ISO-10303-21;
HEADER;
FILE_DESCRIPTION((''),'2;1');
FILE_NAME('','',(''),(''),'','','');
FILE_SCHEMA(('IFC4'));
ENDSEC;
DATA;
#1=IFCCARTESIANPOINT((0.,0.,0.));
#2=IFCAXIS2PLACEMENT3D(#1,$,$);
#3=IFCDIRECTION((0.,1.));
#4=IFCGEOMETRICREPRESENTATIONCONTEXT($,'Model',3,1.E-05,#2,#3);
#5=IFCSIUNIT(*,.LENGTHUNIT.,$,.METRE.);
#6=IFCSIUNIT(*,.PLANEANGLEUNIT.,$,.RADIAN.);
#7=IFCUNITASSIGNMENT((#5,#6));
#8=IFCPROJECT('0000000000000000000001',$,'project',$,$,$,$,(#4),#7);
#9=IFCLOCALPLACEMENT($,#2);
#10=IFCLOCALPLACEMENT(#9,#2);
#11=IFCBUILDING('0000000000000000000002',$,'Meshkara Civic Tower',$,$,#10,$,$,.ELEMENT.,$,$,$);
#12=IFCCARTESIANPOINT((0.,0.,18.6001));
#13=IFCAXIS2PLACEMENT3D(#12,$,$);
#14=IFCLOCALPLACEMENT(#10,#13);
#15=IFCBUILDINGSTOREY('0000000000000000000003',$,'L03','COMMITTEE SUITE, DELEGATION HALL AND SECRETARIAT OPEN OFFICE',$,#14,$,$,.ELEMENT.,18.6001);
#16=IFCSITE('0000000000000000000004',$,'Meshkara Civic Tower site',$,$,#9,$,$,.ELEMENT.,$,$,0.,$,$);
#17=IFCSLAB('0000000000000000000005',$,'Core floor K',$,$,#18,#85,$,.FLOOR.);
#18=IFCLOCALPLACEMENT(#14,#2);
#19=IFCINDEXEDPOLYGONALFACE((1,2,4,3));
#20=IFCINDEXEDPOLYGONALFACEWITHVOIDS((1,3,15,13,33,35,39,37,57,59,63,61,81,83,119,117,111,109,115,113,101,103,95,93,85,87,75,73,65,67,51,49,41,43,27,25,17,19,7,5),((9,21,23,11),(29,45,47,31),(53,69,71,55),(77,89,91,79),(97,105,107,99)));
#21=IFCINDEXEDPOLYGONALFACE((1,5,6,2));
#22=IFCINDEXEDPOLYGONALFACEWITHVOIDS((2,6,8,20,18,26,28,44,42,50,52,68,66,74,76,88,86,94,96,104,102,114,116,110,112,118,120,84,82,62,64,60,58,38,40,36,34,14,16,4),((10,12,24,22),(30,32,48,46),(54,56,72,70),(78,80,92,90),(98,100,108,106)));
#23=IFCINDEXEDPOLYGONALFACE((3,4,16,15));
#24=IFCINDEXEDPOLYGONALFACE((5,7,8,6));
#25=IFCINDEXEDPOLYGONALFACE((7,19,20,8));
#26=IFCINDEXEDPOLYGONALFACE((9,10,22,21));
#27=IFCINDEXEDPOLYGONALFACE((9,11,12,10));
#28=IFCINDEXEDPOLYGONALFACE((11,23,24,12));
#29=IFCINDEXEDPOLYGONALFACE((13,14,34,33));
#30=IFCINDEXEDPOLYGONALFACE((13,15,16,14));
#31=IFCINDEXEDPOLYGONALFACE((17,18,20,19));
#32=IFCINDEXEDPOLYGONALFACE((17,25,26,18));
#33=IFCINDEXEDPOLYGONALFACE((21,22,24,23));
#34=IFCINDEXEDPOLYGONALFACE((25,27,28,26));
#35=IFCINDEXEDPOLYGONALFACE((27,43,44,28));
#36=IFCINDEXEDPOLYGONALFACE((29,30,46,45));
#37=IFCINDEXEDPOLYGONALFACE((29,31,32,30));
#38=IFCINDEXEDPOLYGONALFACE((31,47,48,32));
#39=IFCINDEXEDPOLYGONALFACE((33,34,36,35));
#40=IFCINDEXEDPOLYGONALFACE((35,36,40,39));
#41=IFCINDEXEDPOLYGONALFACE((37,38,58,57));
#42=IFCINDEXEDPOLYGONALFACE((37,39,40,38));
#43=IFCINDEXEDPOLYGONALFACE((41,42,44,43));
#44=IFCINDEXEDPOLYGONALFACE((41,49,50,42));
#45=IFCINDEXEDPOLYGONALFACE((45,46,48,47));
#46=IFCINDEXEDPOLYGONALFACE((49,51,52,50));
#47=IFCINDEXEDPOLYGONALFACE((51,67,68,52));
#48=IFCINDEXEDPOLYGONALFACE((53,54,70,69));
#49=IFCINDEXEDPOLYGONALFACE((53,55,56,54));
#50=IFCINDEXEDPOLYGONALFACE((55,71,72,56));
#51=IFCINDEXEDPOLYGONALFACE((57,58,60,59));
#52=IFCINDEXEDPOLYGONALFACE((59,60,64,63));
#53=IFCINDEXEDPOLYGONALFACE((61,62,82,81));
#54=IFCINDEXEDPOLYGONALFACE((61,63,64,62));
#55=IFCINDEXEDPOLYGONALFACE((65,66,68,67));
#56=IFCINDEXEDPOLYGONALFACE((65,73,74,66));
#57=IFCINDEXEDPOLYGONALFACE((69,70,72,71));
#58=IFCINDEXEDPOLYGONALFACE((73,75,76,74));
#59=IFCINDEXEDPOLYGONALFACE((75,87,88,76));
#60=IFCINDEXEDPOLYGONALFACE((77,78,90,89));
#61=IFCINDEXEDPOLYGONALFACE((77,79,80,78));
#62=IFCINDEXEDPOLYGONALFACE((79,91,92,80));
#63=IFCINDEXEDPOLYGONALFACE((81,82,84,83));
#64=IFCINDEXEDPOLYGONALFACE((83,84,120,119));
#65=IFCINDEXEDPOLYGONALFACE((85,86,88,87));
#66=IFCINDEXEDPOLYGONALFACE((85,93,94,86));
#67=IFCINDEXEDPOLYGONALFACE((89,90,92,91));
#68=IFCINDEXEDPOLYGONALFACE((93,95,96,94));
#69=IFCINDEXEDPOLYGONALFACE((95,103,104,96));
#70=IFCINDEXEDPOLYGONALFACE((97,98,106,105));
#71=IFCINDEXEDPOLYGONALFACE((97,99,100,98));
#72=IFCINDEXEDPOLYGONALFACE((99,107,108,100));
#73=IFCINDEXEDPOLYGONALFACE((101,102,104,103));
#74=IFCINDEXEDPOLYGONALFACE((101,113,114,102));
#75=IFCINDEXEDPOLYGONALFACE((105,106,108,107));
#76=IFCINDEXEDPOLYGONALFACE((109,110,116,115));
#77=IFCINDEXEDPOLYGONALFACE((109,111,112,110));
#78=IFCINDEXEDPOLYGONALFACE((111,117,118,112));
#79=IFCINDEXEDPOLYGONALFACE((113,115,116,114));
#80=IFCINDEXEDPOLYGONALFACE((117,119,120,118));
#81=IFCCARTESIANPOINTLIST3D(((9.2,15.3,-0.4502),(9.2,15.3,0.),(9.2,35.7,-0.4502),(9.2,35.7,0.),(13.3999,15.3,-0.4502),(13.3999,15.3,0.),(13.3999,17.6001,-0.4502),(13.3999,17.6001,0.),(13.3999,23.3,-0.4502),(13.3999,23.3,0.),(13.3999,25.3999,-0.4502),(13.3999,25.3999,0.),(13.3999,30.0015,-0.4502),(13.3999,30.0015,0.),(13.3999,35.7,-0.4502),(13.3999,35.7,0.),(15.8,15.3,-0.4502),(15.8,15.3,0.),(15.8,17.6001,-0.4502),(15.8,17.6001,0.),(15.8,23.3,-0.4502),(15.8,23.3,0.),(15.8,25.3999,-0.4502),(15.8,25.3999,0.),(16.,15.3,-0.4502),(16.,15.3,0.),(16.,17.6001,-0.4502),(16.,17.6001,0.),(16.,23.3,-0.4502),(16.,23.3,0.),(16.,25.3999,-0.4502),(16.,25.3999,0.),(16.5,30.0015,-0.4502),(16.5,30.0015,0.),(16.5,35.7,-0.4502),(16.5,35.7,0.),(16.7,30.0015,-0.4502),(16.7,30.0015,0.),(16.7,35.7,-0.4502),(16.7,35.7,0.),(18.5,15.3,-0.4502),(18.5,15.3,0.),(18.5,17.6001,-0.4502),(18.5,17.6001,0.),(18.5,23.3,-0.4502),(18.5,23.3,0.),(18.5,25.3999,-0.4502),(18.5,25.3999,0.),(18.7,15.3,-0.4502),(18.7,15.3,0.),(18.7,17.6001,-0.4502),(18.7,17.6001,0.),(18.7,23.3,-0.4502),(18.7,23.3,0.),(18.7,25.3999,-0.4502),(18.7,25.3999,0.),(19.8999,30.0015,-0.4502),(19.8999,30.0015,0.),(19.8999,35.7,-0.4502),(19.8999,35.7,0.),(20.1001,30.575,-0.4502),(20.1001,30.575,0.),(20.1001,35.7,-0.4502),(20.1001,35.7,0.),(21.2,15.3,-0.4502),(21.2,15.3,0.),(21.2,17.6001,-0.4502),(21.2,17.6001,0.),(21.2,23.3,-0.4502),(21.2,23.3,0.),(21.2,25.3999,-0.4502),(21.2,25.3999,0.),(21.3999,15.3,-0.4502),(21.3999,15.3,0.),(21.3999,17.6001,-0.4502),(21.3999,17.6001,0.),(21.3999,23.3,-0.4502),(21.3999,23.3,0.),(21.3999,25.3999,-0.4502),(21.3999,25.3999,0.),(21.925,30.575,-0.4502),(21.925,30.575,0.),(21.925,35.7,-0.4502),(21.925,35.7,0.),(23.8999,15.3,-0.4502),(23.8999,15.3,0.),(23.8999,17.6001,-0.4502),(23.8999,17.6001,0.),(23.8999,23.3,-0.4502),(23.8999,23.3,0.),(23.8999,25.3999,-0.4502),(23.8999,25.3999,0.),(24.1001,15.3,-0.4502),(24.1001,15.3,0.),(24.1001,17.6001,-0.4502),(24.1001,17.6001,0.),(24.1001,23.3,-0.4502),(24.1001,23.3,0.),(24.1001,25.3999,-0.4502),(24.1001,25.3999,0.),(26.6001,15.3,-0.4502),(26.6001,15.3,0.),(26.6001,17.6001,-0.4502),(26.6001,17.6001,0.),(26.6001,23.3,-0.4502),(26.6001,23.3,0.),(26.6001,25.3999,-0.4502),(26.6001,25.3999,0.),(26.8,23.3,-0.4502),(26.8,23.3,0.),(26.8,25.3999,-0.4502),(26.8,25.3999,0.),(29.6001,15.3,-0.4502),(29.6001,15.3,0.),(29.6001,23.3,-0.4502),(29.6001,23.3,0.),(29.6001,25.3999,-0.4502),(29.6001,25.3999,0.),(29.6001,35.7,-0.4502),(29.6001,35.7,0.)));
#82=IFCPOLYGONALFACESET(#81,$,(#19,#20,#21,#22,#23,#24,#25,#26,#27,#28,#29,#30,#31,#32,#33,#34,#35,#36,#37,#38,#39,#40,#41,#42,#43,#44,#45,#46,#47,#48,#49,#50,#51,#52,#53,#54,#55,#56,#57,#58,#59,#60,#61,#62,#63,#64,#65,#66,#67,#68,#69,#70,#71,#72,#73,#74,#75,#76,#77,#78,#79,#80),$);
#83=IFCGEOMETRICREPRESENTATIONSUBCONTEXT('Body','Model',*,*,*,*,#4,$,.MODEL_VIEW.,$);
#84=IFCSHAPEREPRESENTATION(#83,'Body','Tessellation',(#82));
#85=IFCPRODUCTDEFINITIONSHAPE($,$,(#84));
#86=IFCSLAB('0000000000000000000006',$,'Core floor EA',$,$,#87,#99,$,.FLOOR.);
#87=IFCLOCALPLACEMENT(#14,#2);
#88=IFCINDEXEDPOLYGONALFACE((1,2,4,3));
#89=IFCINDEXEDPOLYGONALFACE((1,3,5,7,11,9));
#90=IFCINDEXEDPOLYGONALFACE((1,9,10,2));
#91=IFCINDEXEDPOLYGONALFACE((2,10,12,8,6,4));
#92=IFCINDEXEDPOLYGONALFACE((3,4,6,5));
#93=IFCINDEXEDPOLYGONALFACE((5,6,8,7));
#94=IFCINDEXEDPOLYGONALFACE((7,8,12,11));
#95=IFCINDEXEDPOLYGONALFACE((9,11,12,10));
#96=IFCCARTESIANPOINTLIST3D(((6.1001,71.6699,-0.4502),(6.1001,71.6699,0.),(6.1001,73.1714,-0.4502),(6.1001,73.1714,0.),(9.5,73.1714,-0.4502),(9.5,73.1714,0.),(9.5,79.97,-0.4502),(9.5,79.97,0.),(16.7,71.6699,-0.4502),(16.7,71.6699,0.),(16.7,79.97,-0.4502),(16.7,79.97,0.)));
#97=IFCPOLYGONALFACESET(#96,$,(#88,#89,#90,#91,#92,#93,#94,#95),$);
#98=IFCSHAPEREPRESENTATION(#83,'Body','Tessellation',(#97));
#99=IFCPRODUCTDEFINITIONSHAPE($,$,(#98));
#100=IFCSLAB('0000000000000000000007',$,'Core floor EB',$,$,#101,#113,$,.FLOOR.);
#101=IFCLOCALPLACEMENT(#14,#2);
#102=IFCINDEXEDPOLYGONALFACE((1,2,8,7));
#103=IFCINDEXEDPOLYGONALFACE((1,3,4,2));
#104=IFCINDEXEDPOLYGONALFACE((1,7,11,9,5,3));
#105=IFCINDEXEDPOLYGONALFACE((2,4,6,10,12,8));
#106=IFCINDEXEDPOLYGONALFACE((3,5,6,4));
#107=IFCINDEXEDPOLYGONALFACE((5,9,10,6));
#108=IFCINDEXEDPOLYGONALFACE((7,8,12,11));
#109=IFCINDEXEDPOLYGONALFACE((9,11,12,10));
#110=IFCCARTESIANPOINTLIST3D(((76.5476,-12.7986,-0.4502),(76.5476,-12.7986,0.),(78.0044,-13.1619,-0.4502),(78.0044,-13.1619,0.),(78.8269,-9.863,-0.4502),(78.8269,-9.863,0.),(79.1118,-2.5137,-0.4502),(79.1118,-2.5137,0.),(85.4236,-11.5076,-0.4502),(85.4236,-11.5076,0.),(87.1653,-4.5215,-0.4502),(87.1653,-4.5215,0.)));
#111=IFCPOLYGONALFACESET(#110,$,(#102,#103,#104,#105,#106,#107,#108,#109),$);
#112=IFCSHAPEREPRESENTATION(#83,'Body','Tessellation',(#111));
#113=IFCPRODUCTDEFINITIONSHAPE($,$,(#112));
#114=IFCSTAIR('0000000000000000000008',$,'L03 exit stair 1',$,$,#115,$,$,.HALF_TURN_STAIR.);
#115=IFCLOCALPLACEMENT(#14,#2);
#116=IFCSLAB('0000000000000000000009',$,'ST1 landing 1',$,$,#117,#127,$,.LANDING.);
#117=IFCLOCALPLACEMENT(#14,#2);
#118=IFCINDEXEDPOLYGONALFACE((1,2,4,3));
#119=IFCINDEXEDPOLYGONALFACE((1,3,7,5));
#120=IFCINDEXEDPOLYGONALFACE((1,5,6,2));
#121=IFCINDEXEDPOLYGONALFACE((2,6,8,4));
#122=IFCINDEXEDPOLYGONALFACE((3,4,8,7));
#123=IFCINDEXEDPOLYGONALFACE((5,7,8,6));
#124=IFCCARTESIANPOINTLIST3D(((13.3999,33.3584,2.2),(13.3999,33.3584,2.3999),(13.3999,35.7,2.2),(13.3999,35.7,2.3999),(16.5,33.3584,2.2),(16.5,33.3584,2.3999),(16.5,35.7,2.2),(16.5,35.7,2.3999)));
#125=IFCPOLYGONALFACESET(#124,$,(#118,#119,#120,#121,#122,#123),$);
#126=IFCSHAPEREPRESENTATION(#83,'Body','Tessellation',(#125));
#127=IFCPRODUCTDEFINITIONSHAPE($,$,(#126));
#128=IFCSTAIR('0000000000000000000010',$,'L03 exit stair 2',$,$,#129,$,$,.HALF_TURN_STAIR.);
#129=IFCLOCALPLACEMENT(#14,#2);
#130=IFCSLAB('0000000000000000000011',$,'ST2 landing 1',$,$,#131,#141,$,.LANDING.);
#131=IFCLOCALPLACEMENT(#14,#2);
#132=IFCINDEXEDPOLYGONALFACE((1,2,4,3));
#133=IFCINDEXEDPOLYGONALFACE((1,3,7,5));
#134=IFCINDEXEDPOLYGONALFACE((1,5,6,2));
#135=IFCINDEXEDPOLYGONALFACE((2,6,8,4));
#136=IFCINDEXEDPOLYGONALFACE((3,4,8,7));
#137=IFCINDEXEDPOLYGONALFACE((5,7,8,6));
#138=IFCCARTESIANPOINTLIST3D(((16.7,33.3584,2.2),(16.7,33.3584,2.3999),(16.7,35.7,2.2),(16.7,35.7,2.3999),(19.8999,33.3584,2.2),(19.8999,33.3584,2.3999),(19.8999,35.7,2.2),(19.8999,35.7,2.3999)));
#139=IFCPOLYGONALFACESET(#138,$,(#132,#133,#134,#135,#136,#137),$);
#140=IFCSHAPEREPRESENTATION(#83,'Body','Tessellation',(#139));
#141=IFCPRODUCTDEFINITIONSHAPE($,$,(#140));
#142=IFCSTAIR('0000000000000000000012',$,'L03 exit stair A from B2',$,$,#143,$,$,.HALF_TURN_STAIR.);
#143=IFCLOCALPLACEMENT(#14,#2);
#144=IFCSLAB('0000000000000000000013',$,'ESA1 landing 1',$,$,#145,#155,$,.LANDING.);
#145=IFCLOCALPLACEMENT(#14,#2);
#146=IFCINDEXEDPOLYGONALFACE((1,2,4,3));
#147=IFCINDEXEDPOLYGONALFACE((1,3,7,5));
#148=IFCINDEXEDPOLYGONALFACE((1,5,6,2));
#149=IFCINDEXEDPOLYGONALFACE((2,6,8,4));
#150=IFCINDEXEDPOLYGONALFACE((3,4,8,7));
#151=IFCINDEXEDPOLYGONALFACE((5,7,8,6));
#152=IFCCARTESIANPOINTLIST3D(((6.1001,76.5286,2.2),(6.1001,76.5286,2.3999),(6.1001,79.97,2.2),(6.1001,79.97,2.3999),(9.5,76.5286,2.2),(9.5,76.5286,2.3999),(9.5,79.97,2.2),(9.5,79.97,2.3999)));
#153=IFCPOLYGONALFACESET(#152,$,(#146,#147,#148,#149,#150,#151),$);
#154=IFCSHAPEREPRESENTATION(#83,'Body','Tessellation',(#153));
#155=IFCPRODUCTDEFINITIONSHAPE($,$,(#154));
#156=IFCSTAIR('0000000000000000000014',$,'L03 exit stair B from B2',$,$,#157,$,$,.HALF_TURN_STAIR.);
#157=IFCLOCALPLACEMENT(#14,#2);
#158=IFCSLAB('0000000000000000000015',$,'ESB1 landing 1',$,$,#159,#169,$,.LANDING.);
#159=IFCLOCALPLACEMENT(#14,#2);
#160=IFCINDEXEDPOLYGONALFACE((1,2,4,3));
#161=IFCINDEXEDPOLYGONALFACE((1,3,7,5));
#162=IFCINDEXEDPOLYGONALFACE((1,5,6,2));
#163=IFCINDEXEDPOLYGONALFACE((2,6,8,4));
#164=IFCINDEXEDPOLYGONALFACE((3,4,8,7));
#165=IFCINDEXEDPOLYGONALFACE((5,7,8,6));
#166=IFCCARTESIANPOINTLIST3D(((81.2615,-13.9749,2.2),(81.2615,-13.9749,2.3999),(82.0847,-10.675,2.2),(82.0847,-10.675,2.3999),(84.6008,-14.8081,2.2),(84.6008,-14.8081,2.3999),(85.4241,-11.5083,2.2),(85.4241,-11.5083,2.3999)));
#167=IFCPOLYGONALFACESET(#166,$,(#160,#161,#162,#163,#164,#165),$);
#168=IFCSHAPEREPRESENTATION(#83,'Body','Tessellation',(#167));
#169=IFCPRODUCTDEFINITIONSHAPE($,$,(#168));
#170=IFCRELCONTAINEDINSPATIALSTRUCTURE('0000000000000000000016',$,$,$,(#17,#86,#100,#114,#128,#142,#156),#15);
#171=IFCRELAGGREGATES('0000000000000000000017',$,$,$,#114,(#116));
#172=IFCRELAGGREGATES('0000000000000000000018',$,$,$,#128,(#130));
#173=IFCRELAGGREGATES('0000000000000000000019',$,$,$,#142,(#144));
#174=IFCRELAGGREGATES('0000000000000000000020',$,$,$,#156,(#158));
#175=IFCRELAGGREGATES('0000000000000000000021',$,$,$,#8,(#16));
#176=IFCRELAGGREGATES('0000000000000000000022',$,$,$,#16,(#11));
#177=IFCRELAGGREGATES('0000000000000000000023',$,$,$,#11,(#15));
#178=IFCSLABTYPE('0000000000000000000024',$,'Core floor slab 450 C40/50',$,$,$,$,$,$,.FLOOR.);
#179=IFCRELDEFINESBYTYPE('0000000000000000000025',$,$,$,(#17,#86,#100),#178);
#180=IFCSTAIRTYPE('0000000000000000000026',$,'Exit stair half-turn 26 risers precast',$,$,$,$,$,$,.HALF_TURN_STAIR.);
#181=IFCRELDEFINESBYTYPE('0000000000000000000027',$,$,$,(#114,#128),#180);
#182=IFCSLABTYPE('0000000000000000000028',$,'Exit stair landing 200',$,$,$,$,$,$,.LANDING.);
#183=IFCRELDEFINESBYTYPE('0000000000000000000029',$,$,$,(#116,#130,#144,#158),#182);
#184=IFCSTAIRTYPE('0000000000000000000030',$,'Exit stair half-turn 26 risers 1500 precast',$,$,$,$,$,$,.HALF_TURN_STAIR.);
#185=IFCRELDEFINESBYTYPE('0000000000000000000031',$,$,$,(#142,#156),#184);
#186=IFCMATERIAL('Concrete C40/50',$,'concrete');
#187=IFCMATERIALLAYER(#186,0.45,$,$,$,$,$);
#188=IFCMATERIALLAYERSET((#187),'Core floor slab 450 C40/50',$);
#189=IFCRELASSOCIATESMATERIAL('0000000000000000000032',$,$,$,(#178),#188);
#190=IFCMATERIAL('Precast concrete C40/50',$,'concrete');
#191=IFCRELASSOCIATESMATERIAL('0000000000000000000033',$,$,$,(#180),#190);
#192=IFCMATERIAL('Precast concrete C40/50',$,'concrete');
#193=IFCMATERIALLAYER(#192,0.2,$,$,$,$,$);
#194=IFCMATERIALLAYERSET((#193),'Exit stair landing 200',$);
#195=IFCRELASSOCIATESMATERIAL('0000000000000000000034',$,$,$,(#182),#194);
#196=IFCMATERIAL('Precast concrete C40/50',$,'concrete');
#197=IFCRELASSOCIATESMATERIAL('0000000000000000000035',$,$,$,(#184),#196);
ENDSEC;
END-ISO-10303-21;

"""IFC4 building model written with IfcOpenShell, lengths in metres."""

from ifc_helpers import new_model, si_unit, direction, frame, origin, place, context, subcontext, project, spatial, polyline, outline, extrude, material, layer, layer_set, type_object, element, aggregate, save


model = new_model("IFC4")

# Units and contexts
model_context = context("Model", 3, precision=1e-05, world=origin(), true_north=direction((0.0, 1.0)))
body_context = subcontext(model_context, "Body", "Model", "MODEL_VIEW")
ifc_project = project(units=[si_unit("LENGTHUNIT", "METRE"), si_unit("PLANEANGLEUNIT", "RADIAN")], contexts=[model_context])

# Site, building, storey
site_placement = place(None, origin())
site = spatial("IfcSite", under=ifc_project, at=site_placement, Name="Meshkara Civic Tower site", CompositionType="ELEMENT", RefElevation=0.0)
building_placement = place(site_placement, origin())
building = spatial("IfcBuilding", under=site, at=building_placement, Name="Meshkara Civic Tower", CompositionType="ELEMENT")
storey_placement = place(building_placement, frame((0.0, 0.0, 18.6001)))
storey = spatial("IfcBuildingStorey", under=building, at=storey_placement, Name="L03", Description="COMMITTEE SUITE, DELEGATION HALL AND SECRETARIAT OPEN OFFICE", CompositionType="ELEMENT", Elevation=18.6001)

# Slabs
ifc_material_1 = material(Name="Concrete C40/50", Category="concrete")
ifc_layer_1 = layer(ifc_material_1, 0.45)
ifc_layer_set_1 = layer_set([ifc_layer_1], Name="Core floor slab 450 C40/50")
slab_type_1 = type_object("IfcSlabType", Name="Core floor slab 450 C40/50", PredefinedType="FLOOR", material=ifc_layer_set_1)
slab_1_placement = place(storey_placement, frame((0.0, 0.0, -0.4502)))
element("IfcSlab", 1, at=slab_1_placement, inside=storey, type_object=slab_type_1, Name="Core floor K", PredefinedType="FLOOR", context=body_context, shape_type="SweptSolid", body=[
    extrude(outline(polyline([(9.2, 35.7), (13.3999, 35.7), (13.3999, 30.0015), (16.5, 30.0015), (16.5, 35.7), (16.7, 35.7), (16.7, 30.0015), (19.8999, 30.0015), (19.8999, 35.7), (20.1001, 35.7), (20.1001, 30.575), (21.925, 30.575), (21.925, 35.7), (29.6001, 35.7), (29.6001, 25.3999), (26.8, 25.3999), (26.8, 23.3), (29.6001, 23.3), (29.6001, 15.3), (26.6001, 15.3), (26.6001, 17.6001), (24.1001, 17.6001), (24.1001, 15.3), (23.8999, 15.3), (23.8999, 17.6001), (21.3999, 17.6001), (21.3999, 15.3), (21.2, 15.3), (21.2, 17.6001), (18.7, 17.6001), (18.7, 15.3), (18.5, 15.3), (18.5, 17.6001), (16.0, 17.6001), (16.0, 15.3), (15.8, 15.3), (15.8, 17.6001), (13.3999, 17.6001), (13.3999, 15.3), (9.2, 15.3), (9.2, 35.7)]), holes=[polyline([(13.3999, 25.3999), (13.3999, 23.3), (15.8, 23.3), (15.8, 25.3999), (13.3999, 25.3999)]), polyline([(18.5, 23.3), (18.5, 25.3999), (16.0, 25.3999), (16.0, 23.3), (18.5, 23.3)]), polyline([(18.7, 25.3999), (18.7, 23.3), (21.2, 23.3), (21.2, 25.3999), (18.7, 25.3999)]), polyline([(21.3999, 23.3), (23.8999, 23.3), (23.8999, 25.3999), (21.3999, 25.3999), (21.3999, 23.3)]), polyline([(26.6001, 25.3999), (24.1001, 25.3999), (24.1001, 23.3), (26.6001, 23.3), (26.6001, 25.3999)])]), origin(), (0.0, 0.0, 1.0), 0.4502),
])
slab_2_placement = place(storey_placement, frame((0.0, 0.0, -0.4502)))
element("IfcSlab", 2, at=slab_2_placement, inside=storey, type_object=slab_type_1, Name="Core floor EA", PredefinedType="FLOOR", context=body_context, shape_type="SweptSolid", body=[
    extrude(outline(polyline([(16.7, 71.6699), (16.7, 79.97), (9.5, 79.97), (9.5, 73.1714), (6.1001, 73.1714), (6.1001, 71.6699), (16.7, 71.6699)])), origin(), (0.0, 0.0, 1.0), 0.4502),
])
slab_3_placement = place(storey_placement, frame((0.0, 0.0, -0.4502)))
element("IfcSlab", 3, at=slab_3_placement, inside=storey, type_object=slab_type_1, Name="Core floor EB", PredefinedType="FLOOR", context=body_context, shape_type="SweptSolid", body=[
    extrude(outline(polyline([(79.1118, -2.5137), (87.1653, -4.5215), (85.4236, -11.5076), (78.8269, -9.863), (78.0044, -13.1619), (76.5476, -12.7986), (79.1118, -2.5137)])), origin(), (0.0, 0.0, 1.0), 0.4502),
])

# Stairs, slabs
ifc_material_2 = material(Name="Precast concrete C40/50", Category="concrete")
stair_type_1 = type_object("IfcStairType", Name="Exit stair half-turn 26 risers precast", PredefinedType="HALF_TURN_STAIR", material=ifc_material_2)
stair_1_placement = place(storey_placement, origin())
stair_1 = element("IfcStair", 4, at=stair_1_placement, inside=storey, type_object=stair_type_1, Name="L03 exit stair 1", PredefinedType="HALF_TURN_STAIR")
ifc_material_3 = material(Name="Precast concrete C40/50", Category="concrete")
ifc_layer_2 = layer(ifc_material_3, 0.2)
ifc_layer_set_2 = layer_set([ifc_layer_2], Name="Exit stair landing 200")
slab_type_2 = type_object("IfcSlabType", Name="Exit stair landing 200", PredefinedType="LANDING", material=ifc_layer_set_2)
slab_4_placement = place(storey_placement, frame((0.0, 0.0, 2.2)))
slab_4 = element("IfcSlab", 5, at=slab_4_placement, type_object=slab_type_2, Name="ST1 landing 1", PredefinedType="LANDING", context=body_context, shape_type="SweptSolid", body=[
    extrude(outline(polyline([(16.5, 33.3584), (16.5, 35.7), (13.3999, 35.7), (13.3999, 33.3584), (16.5, 33.3584)])), origin(), (0.0, 0.0, 1.0), 0.2),
])
aggregate(stair_1, [slab_4])
stair_2_placement = place(storey_placement, origin())
stair_2 = element("IfcStair", 6, at=stair_2_placement, inside=storey, type_object=stair_type_1, Name="L03 exit stair 2", PredefinedType="HALF_TURN_STAIR")
slab_5_placement = place(storey_placement, frame((0.0, 0.0, 2.2)))
slab_5 = element("IfcSlab", 7, at=slab_5_placement, type_object=slab_type_2, Name="ST2 landing 1", PredefinedType="LANDING", context=body_context, shape_type="SweptSolid", body=[
    extrude(outline(polyline([(19.8999, 33.3584), (19.8999, 35.7), (16.7, 35.7), (16.7, 33.3584), (19.8999, 33.3584)])), origin(), (0.0, 0.0, 1.0), 0.2),
])
aggregate(stair_2, [slab_5])
ifc_material_4 = material(Name="Precast concrete C40/50", Category="concrete")
stair_type_2 = type_object("IfcStairType", Name="Exit stair half-turn 26 risers 1500 precast", PredefinedType="HALF_TURN_STAIR", material=ifc_material_4)
stair_3_placement = place(storey_placement, origin())
stair_3 = element("IfcStair", 8, at=stair_3_placement, inside=storey, type_object=stair_type_2, Name="L03 exit stair A from B2", PredefinedType="HALF_TURN_STAIR")
slab_6_placement = place(storey_placement, frame((0.0, 0.0, 2.2)))
slab_6 = element("IfcSlab", 9, at=slab_6_placement, type_object=slab_type_2, Name="ESA1 landing 1", PredefinedType="LANDING", context=body_context, shape_type="SweptSolid", body=[
    extrude(outline(polyline([(9.5, 76.5286), (9.5, 79.97), (6.1001, 79.97), (6.1001, 76.5286), (9.5, 76.5286)])), origin(), (0.0, 0.0, 1.0), 0.2),
])
aggregate(stair_3, [slab_6])
stair_4_placement = place(storey_placement, origin())
stair_4 = element("IfcStair", 10, at=stair_4_placement, inside=storey, type_object=stair_type_2, Name="L03 exit stair B from B2", PredefinedType="HALF_TURN_STAIR")
slab_7_placement = place(storey_placement, frame((0.0, 0.0, 2.2)))
slab_7 = element("IfcSlab", 11, at=slab_7_placement, type_object=slab_type_2, Name="ESB1 landing 1", PredefinedType="LANDING", context=body_context, shape_type="SweptSolid", body=[
    extrude(outline(polyline([(81.2615, -13.9749), (84.6008, -14.8081), (85.4241, -11.5083), (82.0847, -10.675), (81.2615, -13.9749)])), origin(), (0.0, 0.0, 1.0), 0.2),
])
aggregate(stair_4, [slab_7])

save(model, "model.ifc")
